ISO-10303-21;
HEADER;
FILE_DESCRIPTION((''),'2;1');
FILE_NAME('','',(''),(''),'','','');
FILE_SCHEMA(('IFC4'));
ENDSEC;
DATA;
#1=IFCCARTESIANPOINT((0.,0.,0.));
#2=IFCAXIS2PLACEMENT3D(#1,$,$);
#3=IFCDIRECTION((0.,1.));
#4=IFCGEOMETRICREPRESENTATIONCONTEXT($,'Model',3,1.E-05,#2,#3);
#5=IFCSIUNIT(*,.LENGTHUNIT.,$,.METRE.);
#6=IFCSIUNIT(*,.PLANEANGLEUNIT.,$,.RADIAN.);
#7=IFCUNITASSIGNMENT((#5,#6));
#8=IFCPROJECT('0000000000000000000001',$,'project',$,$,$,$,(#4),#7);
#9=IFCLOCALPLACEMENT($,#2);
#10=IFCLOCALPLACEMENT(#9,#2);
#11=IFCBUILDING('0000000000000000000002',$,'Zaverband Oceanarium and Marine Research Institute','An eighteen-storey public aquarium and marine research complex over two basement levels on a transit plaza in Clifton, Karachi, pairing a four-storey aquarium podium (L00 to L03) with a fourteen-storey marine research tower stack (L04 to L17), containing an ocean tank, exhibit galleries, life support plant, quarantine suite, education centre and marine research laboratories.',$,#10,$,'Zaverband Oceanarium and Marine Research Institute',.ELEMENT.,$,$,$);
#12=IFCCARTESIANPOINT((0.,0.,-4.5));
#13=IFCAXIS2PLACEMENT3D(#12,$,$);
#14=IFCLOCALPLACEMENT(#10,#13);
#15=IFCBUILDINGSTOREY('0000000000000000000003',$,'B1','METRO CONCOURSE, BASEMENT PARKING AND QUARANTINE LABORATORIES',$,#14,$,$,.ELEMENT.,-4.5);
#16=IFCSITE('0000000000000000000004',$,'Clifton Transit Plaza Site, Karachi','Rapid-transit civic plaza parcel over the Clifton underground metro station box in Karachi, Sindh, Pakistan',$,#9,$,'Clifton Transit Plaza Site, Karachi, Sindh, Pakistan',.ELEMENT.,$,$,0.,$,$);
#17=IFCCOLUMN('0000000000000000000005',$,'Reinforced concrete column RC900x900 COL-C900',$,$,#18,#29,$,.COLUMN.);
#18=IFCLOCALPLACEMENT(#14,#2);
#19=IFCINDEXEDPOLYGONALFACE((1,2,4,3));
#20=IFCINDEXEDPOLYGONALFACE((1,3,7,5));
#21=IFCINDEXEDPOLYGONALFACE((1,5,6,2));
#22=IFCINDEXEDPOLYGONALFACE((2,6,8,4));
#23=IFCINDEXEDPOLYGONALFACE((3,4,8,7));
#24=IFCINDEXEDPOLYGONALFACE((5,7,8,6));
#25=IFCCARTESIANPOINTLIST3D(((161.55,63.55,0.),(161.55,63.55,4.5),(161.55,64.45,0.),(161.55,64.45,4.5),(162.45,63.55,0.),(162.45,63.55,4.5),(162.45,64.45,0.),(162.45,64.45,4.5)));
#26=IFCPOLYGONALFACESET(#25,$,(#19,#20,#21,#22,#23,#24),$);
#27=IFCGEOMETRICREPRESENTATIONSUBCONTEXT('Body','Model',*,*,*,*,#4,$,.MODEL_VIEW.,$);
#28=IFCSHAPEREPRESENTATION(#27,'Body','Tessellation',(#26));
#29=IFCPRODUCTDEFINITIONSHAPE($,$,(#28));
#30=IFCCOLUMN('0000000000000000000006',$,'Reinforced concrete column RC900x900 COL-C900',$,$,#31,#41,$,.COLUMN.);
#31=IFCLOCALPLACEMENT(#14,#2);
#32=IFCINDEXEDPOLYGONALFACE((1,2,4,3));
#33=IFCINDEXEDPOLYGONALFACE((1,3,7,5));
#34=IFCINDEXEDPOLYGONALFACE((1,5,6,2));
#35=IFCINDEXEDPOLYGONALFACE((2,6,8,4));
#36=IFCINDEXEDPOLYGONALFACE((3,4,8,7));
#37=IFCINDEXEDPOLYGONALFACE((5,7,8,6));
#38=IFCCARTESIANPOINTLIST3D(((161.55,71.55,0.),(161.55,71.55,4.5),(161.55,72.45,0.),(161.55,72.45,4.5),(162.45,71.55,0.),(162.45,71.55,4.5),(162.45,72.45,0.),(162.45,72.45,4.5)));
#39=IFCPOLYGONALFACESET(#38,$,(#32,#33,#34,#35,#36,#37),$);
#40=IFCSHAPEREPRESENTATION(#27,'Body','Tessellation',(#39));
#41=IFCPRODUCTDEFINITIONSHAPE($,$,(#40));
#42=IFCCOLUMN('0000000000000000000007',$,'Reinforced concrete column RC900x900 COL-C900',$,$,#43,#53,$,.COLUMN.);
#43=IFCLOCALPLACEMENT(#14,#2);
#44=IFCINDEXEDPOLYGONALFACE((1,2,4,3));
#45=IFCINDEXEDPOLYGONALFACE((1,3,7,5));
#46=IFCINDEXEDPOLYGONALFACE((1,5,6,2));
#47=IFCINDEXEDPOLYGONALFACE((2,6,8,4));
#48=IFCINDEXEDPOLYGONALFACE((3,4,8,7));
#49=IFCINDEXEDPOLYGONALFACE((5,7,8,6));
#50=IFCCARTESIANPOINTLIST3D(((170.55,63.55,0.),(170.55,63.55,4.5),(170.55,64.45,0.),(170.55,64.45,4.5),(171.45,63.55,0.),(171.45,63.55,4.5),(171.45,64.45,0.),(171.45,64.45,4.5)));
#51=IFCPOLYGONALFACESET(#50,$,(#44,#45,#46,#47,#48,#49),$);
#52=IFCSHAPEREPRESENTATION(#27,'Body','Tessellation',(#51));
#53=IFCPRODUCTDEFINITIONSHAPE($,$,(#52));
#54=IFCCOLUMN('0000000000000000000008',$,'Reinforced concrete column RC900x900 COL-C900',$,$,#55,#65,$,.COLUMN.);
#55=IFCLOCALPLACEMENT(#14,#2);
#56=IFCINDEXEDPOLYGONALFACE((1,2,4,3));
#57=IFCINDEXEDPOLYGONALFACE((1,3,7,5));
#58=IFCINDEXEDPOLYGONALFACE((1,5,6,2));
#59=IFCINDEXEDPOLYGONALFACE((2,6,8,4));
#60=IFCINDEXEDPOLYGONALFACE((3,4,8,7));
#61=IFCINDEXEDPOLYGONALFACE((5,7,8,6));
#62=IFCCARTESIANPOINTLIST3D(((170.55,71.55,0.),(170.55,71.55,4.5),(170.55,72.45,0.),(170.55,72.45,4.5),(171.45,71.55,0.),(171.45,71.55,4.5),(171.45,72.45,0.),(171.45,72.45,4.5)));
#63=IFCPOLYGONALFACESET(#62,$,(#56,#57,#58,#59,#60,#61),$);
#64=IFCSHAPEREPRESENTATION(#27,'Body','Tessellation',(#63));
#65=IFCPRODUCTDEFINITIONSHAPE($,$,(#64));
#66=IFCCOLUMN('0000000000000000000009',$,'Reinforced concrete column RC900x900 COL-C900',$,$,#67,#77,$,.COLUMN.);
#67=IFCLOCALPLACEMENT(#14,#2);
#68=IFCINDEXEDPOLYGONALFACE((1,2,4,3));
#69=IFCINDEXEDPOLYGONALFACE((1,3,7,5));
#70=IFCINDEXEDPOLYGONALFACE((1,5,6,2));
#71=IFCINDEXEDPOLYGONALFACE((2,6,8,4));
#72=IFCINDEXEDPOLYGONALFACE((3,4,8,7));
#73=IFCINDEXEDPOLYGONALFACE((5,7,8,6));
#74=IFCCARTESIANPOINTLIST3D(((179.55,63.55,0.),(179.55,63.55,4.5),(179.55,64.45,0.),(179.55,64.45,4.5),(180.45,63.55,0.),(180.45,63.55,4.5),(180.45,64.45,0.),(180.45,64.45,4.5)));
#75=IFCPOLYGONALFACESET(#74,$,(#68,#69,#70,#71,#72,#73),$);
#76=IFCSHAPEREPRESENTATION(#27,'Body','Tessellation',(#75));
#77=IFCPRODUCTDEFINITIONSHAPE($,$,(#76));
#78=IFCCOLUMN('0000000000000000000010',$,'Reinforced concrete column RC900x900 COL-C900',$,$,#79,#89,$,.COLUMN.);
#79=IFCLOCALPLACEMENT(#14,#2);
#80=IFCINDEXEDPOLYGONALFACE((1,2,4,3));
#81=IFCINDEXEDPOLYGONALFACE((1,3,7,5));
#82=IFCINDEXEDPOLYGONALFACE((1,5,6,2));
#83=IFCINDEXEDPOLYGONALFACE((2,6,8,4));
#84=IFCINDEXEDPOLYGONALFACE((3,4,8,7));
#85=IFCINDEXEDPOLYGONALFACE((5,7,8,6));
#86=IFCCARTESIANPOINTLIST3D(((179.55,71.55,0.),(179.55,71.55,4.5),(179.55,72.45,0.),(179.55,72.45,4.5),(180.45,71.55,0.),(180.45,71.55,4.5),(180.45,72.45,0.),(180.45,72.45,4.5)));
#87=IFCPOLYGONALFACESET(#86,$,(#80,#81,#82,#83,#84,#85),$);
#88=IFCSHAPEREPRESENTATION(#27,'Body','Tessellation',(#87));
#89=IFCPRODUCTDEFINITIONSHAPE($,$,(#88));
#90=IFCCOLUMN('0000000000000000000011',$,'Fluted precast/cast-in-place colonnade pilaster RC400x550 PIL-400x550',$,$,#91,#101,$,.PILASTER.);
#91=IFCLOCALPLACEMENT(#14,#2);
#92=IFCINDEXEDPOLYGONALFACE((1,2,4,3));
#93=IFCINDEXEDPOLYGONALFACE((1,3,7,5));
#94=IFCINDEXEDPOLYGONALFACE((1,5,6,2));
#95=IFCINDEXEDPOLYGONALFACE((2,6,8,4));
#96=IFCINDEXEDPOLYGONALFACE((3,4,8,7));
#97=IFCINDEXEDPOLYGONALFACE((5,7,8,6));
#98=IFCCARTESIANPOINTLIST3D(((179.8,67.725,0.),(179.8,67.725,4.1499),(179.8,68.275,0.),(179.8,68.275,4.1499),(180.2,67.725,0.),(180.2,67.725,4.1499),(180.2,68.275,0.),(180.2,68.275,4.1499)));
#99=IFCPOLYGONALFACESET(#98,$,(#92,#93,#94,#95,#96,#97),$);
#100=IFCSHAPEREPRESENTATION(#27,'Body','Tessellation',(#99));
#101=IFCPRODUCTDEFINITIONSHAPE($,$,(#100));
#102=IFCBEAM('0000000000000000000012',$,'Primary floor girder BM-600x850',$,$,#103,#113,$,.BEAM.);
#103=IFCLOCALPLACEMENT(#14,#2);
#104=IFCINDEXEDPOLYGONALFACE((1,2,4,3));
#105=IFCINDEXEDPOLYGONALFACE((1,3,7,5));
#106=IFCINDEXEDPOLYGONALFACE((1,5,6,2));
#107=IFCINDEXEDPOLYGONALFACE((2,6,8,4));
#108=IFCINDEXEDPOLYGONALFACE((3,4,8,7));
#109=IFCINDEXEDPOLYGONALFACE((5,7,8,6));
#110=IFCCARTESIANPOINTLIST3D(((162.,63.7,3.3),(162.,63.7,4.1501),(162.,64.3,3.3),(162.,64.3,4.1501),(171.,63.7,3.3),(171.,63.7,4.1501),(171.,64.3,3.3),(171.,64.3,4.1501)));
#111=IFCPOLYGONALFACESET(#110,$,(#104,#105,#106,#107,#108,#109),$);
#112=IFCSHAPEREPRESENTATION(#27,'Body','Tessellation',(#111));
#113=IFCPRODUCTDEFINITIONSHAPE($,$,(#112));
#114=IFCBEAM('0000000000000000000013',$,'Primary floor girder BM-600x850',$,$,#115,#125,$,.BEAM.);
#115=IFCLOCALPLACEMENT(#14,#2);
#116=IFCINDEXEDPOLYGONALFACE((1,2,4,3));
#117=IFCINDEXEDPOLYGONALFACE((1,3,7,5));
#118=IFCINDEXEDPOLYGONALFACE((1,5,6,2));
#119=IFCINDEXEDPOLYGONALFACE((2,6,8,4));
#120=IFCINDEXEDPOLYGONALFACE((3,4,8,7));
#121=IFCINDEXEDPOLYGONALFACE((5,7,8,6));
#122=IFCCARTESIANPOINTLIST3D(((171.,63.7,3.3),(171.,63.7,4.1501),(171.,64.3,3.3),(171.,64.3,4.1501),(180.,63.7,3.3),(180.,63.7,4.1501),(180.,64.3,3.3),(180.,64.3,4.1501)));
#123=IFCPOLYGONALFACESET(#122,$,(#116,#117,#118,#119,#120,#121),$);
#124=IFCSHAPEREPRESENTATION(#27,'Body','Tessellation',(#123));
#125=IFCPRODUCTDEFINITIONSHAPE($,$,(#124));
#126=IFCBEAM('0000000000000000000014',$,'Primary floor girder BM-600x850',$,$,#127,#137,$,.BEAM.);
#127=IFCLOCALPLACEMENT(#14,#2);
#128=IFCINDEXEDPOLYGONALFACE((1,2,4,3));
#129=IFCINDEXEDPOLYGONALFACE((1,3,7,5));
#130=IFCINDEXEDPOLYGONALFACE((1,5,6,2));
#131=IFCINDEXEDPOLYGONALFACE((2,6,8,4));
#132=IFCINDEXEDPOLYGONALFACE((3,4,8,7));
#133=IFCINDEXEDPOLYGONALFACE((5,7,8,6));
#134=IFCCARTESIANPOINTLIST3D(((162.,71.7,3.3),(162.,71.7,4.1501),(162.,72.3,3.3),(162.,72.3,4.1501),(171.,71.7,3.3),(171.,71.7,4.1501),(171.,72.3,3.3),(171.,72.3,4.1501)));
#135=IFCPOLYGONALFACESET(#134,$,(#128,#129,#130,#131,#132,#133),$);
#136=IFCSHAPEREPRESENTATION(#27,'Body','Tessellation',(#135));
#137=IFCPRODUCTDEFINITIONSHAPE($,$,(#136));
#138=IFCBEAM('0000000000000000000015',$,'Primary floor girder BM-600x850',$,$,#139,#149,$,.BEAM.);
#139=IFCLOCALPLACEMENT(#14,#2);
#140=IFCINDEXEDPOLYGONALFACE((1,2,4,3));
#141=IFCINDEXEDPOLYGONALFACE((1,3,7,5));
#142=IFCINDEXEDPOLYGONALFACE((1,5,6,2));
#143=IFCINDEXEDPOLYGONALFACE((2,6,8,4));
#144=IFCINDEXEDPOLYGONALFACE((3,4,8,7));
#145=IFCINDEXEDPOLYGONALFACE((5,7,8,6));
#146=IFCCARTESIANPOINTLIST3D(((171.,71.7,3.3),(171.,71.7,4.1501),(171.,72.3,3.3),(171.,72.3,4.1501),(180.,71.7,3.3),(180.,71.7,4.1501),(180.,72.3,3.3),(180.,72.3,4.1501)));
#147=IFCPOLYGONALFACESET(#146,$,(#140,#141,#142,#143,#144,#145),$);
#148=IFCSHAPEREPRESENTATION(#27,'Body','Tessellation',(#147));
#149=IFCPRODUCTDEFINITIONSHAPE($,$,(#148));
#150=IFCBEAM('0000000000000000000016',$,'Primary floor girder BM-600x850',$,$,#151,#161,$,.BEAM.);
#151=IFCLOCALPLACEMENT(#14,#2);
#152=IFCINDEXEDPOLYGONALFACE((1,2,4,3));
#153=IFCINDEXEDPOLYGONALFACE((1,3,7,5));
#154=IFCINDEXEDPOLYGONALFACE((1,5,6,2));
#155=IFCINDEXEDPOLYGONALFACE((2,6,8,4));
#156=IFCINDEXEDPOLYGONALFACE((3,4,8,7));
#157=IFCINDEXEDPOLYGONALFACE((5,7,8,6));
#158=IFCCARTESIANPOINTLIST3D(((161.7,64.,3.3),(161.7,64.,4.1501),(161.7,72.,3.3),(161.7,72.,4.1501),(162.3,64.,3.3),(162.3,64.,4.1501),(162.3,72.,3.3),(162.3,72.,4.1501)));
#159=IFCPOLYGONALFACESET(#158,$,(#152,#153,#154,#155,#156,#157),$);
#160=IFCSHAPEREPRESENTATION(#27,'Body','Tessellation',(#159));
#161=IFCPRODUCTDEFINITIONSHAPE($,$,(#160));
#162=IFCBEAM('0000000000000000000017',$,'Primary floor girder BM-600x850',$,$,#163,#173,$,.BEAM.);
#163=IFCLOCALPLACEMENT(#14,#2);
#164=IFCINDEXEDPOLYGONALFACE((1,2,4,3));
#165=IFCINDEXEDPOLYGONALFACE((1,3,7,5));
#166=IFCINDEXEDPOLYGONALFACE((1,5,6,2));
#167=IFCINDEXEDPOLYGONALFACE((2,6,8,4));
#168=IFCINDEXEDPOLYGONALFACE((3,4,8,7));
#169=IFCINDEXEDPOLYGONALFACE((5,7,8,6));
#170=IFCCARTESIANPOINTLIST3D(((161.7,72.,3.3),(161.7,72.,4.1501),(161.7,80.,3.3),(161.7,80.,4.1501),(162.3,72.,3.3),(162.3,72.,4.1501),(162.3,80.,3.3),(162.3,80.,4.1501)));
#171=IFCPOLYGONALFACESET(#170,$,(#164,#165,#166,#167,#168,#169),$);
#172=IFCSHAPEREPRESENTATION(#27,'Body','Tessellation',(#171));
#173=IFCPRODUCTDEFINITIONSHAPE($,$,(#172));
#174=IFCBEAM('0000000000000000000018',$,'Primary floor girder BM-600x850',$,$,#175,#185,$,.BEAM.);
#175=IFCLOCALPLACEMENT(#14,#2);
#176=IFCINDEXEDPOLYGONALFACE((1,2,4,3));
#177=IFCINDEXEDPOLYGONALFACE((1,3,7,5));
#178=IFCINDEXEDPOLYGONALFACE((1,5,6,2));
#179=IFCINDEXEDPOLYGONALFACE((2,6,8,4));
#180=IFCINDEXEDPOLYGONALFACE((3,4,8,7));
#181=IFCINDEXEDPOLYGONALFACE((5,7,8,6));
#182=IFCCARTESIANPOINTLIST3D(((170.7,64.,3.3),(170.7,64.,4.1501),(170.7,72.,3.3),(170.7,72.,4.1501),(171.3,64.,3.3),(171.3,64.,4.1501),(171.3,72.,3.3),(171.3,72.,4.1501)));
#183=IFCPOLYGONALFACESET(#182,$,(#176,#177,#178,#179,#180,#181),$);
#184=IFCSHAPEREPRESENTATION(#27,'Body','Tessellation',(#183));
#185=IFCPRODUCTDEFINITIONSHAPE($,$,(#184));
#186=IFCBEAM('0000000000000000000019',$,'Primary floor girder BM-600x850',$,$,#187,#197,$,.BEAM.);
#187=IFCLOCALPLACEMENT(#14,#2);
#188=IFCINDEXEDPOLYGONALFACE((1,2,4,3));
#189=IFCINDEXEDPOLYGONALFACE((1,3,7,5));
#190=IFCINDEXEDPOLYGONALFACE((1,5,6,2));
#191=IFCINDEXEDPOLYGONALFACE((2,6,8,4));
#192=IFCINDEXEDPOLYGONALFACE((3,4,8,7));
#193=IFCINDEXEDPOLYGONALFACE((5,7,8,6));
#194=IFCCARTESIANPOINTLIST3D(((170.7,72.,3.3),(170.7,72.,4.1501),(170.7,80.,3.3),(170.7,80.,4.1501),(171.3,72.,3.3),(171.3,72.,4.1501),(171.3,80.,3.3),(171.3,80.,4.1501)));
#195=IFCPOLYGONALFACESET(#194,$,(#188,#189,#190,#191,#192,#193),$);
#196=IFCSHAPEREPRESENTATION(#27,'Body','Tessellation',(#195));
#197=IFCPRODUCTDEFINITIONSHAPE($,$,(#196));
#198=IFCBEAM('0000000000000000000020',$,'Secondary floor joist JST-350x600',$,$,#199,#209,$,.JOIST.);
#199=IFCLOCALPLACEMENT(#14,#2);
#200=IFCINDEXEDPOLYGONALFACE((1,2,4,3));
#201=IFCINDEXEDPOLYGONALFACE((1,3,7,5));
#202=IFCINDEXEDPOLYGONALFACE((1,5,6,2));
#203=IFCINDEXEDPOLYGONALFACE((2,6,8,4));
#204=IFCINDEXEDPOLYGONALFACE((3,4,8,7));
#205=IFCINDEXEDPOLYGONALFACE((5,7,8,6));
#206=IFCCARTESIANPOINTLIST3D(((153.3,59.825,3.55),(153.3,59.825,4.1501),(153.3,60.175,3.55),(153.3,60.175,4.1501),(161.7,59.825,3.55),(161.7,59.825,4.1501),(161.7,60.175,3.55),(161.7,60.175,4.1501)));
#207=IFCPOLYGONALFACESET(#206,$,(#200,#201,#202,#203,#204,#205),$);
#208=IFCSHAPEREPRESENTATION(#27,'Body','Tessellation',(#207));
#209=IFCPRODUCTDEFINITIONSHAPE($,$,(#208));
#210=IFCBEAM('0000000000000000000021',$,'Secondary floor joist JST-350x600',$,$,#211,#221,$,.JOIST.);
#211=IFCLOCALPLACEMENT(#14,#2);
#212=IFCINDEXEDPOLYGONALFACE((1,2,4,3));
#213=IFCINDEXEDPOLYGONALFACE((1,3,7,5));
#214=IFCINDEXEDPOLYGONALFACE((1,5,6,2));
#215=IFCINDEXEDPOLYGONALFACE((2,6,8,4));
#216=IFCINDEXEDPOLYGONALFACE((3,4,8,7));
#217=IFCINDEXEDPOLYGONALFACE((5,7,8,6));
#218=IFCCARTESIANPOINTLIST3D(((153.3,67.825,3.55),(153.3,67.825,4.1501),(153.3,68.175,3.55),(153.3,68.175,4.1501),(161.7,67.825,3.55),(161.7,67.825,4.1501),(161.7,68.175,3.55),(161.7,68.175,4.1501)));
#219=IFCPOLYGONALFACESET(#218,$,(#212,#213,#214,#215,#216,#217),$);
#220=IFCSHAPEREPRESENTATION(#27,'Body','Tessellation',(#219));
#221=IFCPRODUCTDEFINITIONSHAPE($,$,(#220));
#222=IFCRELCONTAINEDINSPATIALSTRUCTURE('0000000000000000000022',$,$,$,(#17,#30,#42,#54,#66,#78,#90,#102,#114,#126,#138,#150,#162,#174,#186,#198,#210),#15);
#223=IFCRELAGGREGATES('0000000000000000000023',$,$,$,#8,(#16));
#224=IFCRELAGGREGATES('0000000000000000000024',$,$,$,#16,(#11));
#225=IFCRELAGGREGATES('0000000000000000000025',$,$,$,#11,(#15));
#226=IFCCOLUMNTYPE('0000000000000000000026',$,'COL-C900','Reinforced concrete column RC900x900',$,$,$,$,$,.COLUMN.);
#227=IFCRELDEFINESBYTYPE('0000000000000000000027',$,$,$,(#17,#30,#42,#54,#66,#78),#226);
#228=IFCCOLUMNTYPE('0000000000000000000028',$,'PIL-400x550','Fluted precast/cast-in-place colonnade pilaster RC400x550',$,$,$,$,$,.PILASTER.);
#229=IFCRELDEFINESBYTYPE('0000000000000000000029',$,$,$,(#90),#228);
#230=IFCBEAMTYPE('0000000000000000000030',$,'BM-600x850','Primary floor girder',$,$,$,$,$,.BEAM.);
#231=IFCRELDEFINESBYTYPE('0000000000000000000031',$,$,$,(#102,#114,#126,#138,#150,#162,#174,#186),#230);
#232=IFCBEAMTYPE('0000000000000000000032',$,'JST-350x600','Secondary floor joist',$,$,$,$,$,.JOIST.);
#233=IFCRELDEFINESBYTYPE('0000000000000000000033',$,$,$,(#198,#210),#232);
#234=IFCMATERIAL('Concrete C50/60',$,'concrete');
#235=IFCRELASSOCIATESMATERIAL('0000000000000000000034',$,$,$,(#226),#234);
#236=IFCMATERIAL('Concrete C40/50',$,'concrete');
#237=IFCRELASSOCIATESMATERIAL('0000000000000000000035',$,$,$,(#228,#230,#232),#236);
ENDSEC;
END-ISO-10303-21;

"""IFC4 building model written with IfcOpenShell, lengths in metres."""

from ifc_helpers import new_model, si_unit, direction, frame, origin, origin_2d, place, context, subcontext, project, spatial, rectangle, extrude, material, material_profile, profile_set, type_object, element, save


model = new_model("IFC4")

# Units and contexts
model_context = context("Model", 3, precision=1e-05, world=origin(), true_north=direction((0.0, 1.0)))
body_context = subcontext(model_context, "Body", "Model", "MODEL_VIEW")
ifc_project = project(units=[si_unit("LENGTHUNIT", "METRE"), si_unit("PLANEANGLEUNIT", "RADIAN")], contexts=[model_context])

# Site, building, storey
site_placement = place(None, origin())
site = spatial("IfcSite", under=ifc_project, at=site_placement, Name="Clifton Transit Plaza Site, Karachi", Description="Rapid-transit civic plaza parcel over the Clifton underground metro station box in Karachi, Sindh, Pakistan", LongName="Clifton Transit Plaza Site, Karachi, Sindh, Pakistan", CompositionType="ELEMENT", RefElevation=0.0)
building_placement = place(site_placement, origin())
building = spatial("IfcBuilding", under=site, at=building_placement, Name="Zaverband Oceanarium and Marine Research Institute", Description="An eighteen-storey public aquarium and marine research complex over two basement levels on a transit plaza in Clifton, Karachi, pairing a four-storey aquarium podium (L00 to L03) with a fourteen-storey marine research tower stack (L04 to L17), containing an ocean tank, exhibit galleries, life support plant, quarantine suite, education centre and marine research laboratories.", LongName="Zaverband Oceanarium and Marine Research Institute", CompositionType="ELEMENT")
storey_placement = place(building_placement, frame((0.0, 0.0, -4.5)))
storey = spatial("IfcBuildingStorey", under=building, at=storey_placement, Name="B1", Description="METRO CONCOURSE, BASEMENT PARKING AND QUARANTINE LABORATORIES", CompositionType="ELEMENT", Elevation=-4.5)

# Columns
ifc_material_1 = material(Name="Concrete C50/60", Category="concrete")
ifc_material_profile_1 = material_profile(ifc_material_1, rectangle(XDim=0.8999, YDim=0.8999, at=origin_2d()), Name="RC900x900")
ifc_profile_set_1 = profile_set([ifc_material_profile_1], Name="Concrete C50/60")
column_type_1 = type_object("IfcColumnType", Name="COL-C900", Description="Reinforced concrete column RC900x900", PredefinedType="COLUMN", material=ifc_profile_set_1)
for number, where, z_axis, x_axis, name in (
    (1, (162.0, 64.0, 0.0), (0.0, 0.0, 1.0), (1.0, 0.0, 0.0), "Reinforced concrete column RC900x900 COL-C900"),
    (2, (162.0, 72.0, 0.0), (0.0, 0.0, 1.0), (1.0, 0.0, 0.0), "Reinforced concrete column RC900x900 COL-C900"),
    (3, (171.0, 64.0, 0.0), (0.0, 0.0, 1.0), (1.0, 0.0, 0.0), "Reinforced concrete column RC900x900 COL-C900"),
    (4, (171.0, 72.0, 0.0), (0.0, 0.0, 1.0), (1.0, 0.0, 0.0), "Reinforced concrete column RC900x900 COL-C900"),
    (5, (180.0, 64.0, 0.0), (0.0, 0.0, 1.0), (1.0, 0.0, 0.0), "Reinforced concrete column RC900x900 COL-C900"),
    (6, (180.0, 72.0, 0.0), (0.0, 0.0, 1.0), (1.0, 0.0, 0.0), "Reinforced concrete column RC900x900 COL-C900"),
):
    element("IfcColumn", number, at=place(storey_placement, frame(where, z_axis=z_axis, x_axis=x_axis)), inside=storey, type_object=column_type_1, Name=name, PredefinedType="COLUMN", context=body_context, shape_type="SweptSolid", body=[
        extrude(rectangle(XDim=0.8999, YDim=0.8999, at=origin_2d()), origin(), (0.0, 0.0, 1.0), 4.5),
    ])
ifc_material_2 = material(Name="Concrete C40/50", Category="concrete")
ifc_material_profile_2 = material_profile(ifc_material_2, rectangle(XDim=0.3999, YDim=0.55, at=origin_2d()), Name="RC400x550")
ifc_profile_set_2 = profile_set([ifc_material_profile_2], Name="Concrete C40/50")
column_type_2 = type_object("IfcColumnType", Name="PIL-400x550", Description="Fluted precast/cast-in-place colonnade pilaster RC400x550", PredefinedType="PILASTER", material=ifc_profile_set_2)
column_placement = place(storey_placement, frame((180.0, 68.0, 0.0), z_axis=(0.0, 0.0, 1.0), x_axis=(1.0, 0.0, 0.0)))
element("IfcColumn", 7, at=column_placement, inside=storey, type_object=column_type_2, Name="Fluted precast/cast-in-place colonnade pilaster RC400x550 PIL-400x550", PredefinedType="PILASTER", context=body_context, shape_type="SweptSolid", body=[
    extrude(rectangle(XDim=0.3999, YDim=0.55, at=origin_2d()), origin(), (0.0, 0.0, 1.0), 4.1499),
])

# Beams
ifc_material_profile_3 = material_profile(ifc_material_2, rectangle(XDim=0.6001, YDim=0.8501, at=origin_2d()), Name="RC600x850")
ifc_profile_set_3 = profile_set([ifc_material_profile_3], Name="Concrete C40/50")
beam_type_1 = type_object("IfcBeamType", Name="BM-600x850", Description="Primary floor girder", PredefinedType="BEAM", material=ifc_profile_set_3)
for number, where, z_axis, x_axis, name in (
    (8, (162.0, 64.0, 3.7251), (1.0, 0.0, 0.0), (0.0, 1.0, 0.0), "Primary floor girder BM-600x850"),
    (9, (171.0, 64.0, 3.7251), (1.0, 0.0, 0.0), (0.0, 1.0, 0.0), "Primary floor girder BM-600x850"),
    (10, (162.0, 72.0, 3.7251), (1.0, 0.0, 0.0), (0.0, 1.0, 0.0), "Primary floor girder BM-600x850"),
    (11, (171.0, 72.0, 3.7251), (1.0, 0.0, 0.0), (0.0, 1.0, 0.0), "Primary floor girder BM-600x850"),
):
    element("IfcBeam", number, at=place(storey_placement, frame(where, z_axis=z_axis, x_axis=x_axis)), inside=storey, type_object=beam_type_1, Name=name, PredefinedType="BEAM", context=body_context, shape_type="SweptSolid", body=[
        extrude(rectangle(XDim=0.6001, YDim=0.8501, at=origin_2d()), origin(), (0.0, 0.0, 1.0), 9.0),
    ])
for number, where, z_axis, x_axis, name in (
    (12, (162.0, 64.0, 3.7251), (0.0, 1.0, 0.0), (-1.0, 0.0, 0.0), "Primary floor girder BM-600x850"),
    (13, (162.0, 72.0, 3.7251), (0.0, 1.0, 0.0), (-1.0, 0.0, 0.0), "Primary floor girder BM-600x850"),
    (14, (171.0, 64.0, 3.7251), (0.0, 1.0, 0.0), (-1.0, 0.0, 0.0), "Primary floor girder BM-600x850"),
    (15, (171.0, 72.0, 3.7251), (0.0, 1.0, 0.0), (-1.0, 0.0, 0.0), "Primary floor girder BM-600x850"),
):
    element("IfcBeam", number, at=place(storey_placement, frame(where, z_axis=z_axis, x_axis=x_axis)), inside=storey, type_object=beam_type_1, Name=name, PredefinedType="BEAM", context=body_context, shape_type="SweptSolid", body=[
        extrude(rectangle(XDim=0.6001, YDim=0.8501, at=origin_2d()), origin(), (0.0, 0.0, 1.0), 8.0),
    ])
ifc_material_profile_4 = material_profile(ifc_material_2, rectangle(XDim=0.3501, YDim=0.6001, at=origin_2d()), Name="RC350x600")
ifc_profile_set_4 = profile_set([ifc_material_profile_4], Name="Concrete C40/50")
beam_type_2 = type_object("IfcBeamType", Name="JST-350x600", Description="Secondary floor joist", PredefinedType="JOIST", material=ifc_profile_set_4)
for number, where, z_axis, x_axis, name in (
    (16, (153.3, 60.0, 3.8501), (1.0, 0.0, 0.0), (0.0, 1.0, 0.0), "Secondary floor joist JST-350x600"),
    (17, (153.3, 68.0, 3.8501), (1.0, 0.0, 0.0), (0.0, 1.0, 0.0), "Secondary floor joist JST-350x600"),
):
    element("IfcBeam", number, at=place(storey_placement, frame(where, z_axis=z_axis, x_axis=x_axis)), inside=storey, type_object=beam_type_2, Name=name, PredefinedType="JOIST", context=body_context, shape_type="SweptSolid", body=[
        extrude(rectangle(XDim=0.3501, YDim=0.6001, at=origin_2d()), origin(), (0.0, 0.0, 1.0), 8.3999),
    ])

save(model, "model.ifc")
